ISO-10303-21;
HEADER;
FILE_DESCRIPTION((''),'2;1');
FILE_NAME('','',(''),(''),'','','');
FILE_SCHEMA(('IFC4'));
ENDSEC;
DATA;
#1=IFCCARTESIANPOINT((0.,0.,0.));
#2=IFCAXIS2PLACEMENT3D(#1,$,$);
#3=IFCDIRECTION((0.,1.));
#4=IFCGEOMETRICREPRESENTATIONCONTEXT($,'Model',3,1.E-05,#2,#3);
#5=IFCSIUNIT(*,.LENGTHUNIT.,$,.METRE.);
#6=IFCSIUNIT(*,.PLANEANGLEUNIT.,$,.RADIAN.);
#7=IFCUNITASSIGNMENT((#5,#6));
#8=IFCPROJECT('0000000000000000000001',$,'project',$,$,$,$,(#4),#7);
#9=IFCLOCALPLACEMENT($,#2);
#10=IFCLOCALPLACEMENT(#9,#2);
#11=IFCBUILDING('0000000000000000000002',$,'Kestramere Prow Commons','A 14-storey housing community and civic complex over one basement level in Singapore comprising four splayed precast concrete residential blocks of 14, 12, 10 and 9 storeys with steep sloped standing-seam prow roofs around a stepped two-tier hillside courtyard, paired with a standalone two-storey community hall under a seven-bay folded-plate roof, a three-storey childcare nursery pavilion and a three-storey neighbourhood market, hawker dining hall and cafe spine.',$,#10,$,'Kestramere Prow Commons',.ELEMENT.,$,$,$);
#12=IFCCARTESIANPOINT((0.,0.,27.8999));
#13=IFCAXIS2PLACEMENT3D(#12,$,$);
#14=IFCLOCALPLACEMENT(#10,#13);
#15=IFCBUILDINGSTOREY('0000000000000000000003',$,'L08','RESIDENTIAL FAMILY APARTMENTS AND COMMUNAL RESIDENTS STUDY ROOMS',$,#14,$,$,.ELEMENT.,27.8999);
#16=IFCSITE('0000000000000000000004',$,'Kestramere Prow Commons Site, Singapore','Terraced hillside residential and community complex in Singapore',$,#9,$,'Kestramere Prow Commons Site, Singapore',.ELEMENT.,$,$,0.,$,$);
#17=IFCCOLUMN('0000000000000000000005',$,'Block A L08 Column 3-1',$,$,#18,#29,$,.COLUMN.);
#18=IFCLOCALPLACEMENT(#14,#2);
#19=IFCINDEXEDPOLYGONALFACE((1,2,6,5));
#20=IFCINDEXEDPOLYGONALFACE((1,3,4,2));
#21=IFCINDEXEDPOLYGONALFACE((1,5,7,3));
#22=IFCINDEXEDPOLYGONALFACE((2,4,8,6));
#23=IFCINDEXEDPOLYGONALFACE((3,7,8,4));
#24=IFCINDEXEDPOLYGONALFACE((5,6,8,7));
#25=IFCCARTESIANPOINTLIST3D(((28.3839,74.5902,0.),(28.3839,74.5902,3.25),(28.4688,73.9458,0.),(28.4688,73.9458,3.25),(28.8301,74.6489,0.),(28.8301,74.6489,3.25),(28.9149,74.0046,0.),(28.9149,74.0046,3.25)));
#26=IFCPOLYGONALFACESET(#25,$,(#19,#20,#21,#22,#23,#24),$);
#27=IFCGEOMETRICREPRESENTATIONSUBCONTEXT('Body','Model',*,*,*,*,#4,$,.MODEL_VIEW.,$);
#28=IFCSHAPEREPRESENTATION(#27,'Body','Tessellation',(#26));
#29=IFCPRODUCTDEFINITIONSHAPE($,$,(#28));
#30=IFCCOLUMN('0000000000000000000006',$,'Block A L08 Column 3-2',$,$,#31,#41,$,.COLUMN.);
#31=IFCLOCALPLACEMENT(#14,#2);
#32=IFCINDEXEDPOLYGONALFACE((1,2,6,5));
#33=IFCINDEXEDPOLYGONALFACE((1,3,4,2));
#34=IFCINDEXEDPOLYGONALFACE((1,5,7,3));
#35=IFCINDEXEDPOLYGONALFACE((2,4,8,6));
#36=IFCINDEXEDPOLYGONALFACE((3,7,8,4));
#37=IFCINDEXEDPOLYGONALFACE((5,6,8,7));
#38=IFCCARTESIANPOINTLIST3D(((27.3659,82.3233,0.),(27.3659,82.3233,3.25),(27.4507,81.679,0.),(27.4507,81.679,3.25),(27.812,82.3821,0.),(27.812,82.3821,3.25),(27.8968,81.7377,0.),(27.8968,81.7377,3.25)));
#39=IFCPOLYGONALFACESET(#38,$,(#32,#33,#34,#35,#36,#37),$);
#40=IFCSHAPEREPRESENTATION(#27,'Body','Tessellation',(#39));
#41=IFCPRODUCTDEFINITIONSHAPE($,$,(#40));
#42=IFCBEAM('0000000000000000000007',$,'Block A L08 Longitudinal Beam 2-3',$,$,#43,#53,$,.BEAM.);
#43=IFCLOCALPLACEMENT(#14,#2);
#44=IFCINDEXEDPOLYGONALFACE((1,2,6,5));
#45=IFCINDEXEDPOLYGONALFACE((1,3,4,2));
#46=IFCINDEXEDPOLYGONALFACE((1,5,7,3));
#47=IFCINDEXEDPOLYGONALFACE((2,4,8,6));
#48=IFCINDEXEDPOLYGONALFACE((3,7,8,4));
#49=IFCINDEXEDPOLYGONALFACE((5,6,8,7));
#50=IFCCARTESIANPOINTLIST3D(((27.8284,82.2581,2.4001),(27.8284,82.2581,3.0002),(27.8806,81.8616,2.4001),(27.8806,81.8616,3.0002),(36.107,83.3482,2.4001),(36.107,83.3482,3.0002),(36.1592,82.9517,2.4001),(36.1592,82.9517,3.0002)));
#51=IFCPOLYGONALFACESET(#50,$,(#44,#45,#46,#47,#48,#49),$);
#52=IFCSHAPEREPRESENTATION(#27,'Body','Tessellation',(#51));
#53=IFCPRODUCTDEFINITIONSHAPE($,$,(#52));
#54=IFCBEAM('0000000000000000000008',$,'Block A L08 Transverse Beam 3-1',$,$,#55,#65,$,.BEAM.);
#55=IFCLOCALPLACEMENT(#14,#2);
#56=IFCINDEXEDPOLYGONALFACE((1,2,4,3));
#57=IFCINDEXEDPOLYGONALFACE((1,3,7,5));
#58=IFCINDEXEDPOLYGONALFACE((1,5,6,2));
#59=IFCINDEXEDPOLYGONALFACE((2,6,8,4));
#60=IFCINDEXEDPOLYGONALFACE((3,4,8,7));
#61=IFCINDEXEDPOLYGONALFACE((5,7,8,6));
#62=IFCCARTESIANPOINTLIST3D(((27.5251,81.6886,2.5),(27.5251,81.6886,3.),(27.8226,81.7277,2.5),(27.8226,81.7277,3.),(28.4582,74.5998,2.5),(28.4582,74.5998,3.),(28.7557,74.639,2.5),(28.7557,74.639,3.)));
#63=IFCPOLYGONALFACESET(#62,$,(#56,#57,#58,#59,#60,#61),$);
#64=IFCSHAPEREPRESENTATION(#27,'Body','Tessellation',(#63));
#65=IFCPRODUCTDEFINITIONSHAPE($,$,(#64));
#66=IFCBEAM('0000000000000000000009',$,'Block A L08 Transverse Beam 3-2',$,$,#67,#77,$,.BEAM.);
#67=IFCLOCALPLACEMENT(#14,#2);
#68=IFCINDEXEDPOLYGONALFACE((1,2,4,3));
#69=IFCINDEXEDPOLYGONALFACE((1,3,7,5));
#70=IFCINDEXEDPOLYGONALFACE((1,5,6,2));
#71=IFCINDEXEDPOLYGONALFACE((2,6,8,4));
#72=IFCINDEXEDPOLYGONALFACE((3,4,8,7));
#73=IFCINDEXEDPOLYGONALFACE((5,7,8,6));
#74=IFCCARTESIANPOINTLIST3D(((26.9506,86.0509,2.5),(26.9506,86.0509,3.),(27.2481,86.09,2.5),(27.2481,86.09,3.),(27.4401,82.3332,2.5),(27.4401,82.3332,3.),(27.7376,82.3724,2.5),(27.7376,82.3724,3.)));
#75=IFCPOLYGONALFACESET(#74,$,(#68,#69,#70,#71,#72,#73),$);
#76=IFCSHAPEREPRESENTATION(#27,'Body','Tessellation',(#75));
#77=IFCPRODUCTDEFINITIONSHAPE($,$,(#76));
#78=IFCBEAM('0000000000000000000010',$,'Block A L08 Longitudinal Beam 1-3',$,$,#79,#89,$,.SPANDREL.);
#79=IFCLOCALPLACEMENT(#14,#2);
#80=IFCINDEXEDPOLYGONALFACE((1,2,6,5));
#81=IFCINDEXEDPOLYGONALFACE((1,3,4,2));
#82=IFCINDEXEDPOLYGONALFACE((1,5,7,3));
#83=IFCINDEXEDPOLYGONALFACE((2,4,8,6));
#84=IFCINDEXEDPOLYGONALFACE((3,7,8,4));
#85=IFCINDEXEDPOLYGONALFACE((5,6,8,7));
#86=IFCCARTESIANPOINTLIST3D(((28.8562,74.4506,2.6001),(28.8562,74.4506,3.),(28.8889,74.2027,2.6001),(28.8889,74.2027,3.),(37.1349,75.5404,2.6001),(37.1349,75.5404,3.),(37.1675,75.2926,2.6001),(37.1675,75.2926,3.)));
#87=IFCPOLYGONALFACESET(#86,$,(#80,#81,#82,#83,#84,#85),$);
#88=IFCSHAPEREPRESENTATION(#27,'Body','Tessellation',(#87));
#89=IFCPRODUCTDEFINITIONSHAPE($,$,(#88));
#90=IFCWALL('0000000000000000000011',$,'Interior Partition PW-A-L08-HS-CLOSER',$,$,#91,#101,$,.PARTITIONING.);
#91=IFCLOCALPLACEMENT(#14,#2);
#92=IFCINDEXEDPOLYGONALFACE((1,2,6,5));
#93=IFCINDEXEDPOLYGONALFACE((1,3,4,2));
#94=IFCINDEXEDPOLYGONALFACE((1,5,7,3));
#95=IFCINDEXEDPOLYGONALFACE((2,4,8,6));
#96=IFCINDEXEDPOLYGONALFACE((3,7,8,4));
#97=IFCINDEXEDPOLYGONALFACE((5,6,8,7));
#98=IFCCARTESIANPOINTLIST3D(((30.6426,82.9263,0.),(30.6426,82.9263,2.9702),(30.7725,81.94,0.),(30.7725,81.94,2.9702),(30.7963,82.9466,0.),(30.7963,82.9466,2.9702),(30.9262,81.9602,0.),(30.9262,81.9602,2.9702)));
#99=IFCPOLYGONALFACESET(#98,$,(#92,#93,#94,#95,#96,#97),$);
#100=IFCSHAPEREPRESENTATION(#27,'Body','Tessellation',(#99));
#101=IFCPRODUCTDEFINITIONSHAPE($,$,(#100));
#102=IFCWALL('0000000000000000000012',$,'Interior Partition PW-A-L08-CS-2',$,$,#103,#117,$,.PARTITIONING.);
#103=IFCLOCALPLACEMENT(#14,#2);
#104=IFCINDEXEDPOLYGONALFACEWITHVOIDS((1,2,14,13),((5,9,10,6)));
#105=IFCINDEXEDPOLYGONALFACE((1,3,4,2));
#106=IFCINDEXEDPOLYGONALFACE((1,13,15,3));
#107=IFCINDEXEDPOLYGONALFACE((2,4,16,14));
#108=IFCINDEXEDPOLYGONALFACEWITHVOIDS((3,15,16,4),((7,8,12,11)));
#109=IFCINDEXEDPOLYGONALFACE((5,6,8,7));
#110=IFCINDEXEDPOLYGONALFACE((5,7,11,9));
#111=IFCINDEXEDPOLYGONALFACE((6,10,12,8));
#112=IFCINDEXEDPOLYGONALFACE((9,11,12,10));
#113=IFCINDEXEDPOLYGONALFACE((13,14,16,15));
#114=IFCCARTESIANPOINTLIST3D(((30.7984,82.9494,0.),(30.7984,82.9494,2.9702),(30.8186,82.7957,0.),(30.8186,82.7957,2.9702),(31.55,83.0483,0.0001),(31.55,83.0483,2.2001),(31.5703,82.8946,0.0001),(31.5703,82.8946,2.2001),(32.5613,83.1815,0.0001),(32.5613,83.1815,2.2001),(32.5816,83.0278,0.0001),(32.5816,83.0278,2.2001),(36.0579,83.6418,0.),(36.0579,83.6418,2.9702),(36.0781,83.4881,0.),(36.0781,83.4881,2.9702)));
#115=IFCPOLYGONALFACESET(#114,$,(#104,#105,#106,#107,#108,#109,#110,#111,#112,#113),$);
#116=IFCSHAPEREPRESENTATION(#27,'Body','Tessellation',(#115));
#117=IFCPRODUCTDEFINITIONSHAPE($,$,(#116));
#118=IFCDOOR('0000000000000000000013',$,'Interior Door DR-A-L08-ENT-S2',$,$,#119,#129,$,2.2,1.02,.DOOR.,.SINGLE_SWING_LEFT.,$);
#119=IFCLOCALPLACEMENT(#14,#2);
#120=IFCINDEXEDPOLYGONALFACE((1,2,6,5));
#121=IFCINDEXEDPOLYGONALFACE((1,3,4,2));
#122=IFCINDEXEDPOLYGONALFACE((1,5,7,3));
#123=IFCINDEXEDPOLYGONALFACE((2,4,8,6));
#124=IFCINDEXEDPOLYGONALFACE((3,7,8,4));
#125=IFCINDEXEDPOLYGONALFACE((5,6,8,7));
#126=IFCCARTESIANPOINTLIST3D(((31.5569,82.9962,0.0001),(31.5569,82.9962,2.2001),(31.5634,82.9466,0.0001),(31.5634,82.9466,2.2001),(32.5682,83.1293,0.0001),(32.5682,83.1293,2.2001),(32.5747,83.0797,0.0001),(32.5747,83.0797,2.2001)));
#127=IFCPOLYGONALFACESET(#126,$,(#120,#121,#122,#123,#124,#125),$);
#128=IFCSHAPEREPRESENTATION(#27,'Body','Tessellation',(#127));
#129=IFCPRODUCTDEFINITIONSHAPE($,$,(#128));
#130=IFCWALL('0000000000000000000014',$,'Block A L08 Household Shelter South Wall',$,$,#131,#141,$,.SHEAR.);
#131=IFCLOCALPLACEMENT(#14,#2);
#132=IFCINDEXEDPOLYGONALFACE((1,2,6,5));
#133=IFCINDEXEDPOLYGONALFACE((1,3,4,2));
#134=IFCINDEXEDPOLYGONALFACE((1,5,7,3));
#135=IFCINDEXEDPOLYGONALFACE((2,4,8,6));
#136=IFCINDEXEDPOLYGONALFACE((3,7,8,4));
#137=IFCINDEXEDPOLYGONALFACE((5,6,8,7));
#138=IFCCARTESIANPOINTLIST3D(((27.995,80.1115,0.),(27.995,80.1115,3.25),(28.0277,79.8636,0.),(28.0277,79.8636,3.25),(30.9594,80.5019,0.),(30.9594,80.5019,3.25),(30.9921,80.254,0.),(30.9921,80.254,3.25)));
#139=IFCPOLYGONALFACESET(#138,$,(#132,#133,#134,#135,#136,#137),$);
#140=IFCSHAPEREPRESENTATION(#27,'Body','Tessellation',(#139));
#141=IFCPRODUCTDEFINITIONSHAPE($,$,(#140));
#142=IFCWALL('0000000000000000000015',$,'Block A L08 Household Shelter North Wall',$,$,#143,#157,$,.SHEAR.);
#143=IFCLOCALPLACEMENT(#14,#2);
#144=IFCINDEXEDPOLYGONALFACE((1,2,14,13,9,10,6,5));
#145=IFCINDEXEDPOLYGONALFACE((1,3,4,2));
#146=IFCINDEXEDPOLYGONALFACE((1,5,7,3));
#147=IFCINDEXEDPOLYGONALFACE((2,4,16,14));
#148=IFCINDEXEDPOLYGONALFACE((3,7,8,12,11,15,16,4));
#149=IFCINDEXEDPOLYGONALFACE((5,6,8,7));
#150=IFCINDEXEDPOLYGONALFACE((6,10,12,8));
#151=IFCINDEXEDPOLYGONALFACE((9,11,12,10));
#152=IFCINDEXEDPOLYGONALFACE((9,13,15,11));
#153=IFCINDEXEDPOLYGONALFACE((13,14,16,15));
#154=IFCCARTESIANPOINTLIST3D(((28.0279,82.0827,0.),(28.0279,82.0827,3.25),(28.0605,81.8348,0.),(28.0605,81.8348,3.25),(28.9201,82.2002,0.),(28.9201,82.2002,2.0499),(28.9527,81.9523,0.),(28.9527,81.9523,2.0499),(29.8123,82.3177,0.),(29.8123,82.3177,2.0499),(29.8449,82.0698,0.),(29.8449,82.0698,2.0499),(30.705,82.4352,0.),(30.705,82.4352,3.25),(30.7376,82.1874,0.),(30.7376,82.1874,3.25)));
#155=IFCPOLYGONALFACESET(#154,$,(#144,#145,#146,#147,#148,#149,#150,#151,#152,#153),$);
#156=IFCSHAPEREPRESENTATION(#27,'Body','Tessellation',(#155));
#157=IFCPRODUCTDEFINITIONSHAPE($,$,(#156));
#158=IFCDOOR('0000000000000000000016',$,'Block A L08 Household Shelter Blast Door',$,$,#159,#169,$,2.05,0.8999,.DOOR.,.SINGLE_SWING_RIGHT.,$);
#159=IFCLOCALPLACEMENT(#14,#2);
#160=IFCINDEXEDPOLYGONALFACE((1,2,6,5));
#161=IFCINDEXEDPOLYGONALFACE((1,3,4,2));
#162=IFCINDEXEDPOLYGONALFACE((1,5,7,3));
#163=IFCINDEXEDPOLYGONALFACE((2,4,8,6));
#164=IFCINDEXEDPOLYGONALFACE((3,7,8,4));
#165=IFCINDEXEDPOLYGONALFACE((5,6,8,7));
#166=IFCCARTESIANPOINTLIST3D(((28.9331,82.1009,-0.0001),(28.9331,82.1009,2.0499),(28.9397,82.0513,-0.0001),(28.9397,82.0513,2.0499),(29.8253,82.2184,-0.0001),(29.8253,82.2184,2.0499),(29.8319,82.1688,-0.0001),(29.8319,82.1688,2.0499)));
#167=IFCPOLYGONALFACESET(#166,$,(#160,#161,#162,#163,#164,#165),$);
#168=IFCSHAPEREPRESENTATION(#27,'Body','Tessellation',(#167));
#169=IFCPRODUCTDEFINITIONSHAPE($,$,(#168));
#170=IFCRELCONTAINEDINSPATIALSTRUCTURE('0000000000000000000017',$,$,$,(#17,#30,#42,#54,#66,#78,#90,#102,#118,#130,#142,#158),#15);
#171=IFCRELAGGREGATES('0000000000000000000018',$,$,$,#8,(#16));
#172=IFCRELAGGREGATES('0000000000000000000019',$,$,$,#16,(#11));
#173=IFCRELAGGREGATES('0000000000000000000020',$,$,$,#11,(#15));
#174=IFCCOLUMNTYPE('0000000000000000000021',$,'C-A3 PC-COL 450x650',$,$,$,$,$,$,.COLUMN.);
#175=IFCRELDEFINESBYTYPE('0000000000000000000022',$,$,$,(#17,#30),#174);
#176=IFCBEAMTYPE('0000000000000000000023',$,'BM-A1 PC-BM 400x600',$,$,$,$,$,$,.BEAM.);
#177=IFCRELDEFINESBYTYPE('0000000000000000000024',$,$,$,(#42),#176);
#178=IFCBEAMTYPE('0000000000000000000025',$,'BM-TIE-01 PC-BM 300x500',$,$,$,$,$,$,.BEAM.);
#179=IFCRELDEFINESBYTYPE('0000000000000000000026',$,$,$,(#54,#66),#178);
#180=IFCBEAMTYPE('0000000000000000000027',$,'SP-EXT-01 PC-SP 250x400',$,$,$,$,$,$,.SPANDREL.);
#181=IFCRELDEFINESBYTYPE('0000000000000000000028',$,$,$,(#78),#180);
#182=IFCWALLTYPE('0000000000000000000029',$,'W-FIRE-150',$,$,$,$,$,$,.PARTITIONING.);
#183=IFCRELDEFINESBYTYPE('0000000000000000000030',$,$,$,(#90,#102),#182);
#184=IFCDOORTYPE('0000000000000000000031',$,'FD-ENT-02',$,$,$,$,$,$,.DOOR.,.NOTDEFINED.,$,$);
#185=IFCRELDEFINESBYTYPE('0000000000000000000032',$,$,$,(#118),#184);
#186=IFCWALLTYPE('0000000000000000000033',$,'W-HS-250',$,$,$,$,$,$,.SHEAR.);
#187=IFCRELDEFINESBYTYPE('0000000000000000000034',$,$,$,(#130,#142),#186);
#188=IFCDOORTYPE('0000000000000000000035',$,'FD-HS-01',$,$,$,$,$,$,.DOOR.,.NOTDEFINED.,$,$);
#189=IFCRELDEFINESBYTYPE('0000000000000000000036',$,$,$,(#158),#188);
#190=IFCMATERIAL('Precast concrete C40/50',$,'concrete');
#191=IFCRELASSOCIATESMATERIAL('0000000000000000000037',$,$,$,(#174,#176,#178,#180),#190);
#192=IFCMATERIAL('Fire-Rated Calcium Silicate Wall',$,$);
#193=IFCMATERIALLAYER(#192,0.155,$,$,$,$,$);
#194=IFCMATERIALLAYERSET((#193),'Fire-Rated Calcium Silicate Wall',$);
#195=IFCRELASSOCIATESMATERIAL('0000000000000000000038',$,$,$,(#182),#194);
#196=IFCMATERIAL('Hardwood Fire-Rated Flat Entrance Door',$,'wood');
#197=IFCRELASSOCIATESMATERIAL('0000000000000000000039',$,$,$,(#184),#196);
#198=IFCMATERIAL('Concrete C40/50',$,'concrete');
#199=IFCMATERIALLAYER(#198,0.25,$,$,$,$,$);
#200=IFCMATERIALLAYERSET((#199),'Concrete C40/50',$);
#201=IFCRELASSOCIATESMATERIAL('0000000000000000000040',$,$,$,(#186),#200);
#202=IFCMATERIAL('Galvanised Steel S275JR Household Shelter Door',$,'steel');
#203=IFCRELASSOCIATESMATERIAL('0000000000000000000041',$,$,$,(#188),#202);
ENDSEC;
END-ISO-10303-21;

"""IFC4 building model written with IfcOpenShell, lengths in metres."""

from ifc_helpers import new_model, si_unit, direction, frame, frame_2d, origin, origin_2d, place, context, subcontext, project, spatial, rectangle, extrude, material, layer, layer_set, material_profile, profile_set, type_object, element, fill, save


model = new_model("IFC4")

# Units and contexts
model_context = context("Model", 3, precision=1e-05, world=origin(), true_north=direction((0.0, 1.0)))
body_context = subcontext(model_context, "Body", "Model", "MODEL_VIEW")
ifc_project = project(units=[si_unit("LENGTHUNIT", "METRE"), si_unit("PLANEANGLEUNIT", "RADIAN")], contexts=[model_context])

# Site, building, storey
site_placement = place(None, origin())
site = spatial("IfcSite", under=ifc_project, at=site_placement, Name="Kestramere Prow Commons Site, Singapore", Description="Terraced hillside residential and community complex in Singapore", LongName="Kestramere Prow Commons Site, Singapore", CompositionType="ELEMENT", RefElevation=0.0)
building_placement = place(site_placement, origin())
building = spatial("IfcBuilding", under=site, at=building_placement, Name="Kestramere Prow Commons", Description="A 14-storey housing community and civic complex over one basement level in Singapore comprising four splayed precast concrete residential blocks of 14, 12, 10 and 9 storeys with steep sloped standing-seam prow roofs around a stepped two-tier hillside courtyard, paired with a standalone two-storey community hall under a seven-bay folded-plate roof, a three-storey childcare nursery pavilion and a three-storey neighbourhood market, hawker dining hall and cafe spine.", LongName="Kestramere Prow Commons", CompositionType="ELEMENT")
storey_placement = place(building_placement, frame((0.0, 0.0, 27.8999)))
storey = spatial("IfcBuildingStorey", under=building, at=storey_placement, Name="L08", Description="RESIDENTIAL FAMILY APARTMENTS AND COMMUNAL RESIDENTS STUDY ROOMS", CompositionType="ELEMENT", Elevation=27.8999)

# Columns
ifc_material_1 = material(Name="Precast concrete C40/50", Category="concrete")
ifc_material_profile_1 = material_profile(ifc_material_1, rectangle(XDim=0.45, YDim=0.6499, at=origin_2d()), Name="PC-COL 450x650")
ifc_profile_set_1 = profile_set([ifc_material_profile_1], Name="Precast concrete C40/50")
column_type = type_object("IfcColumnType", Name="C-A3 PC-COL 450x650", PredefinedType="COLUMN", material=ifc_profile_set_1)
for number, where, z_axis, x_axis, name in (
    (1, (28.6494, 74.2974, 0.0), (0.0, 0.0, 1.0), (0.991445, 0.130526, 0.0), "Block A L08 Column 3-1"),
    (2, (27.6313, 82.0305, 0.0), (0.0, 0.0, 1.0), (0.991445, 0.130526, 0.0), "Block A L08 Column 3-2"),
):
    element("IfcColumn", number, at=place(storey_placement, frame(where, z_axis=z_axis, x_axis=x_axis)), inside=storey, type_object=column_type, Name=name, PredefinedType="COLUMN", context=body_context, shape_type="SweptSolid", body=[
        extrude(rectangle(XDim=0.45, YDim=0.6499, at=origin_2d()), origin(), (0.0, 0.0, 1.0), 3.25),
    ])

# Beams
ifc_material_profile_2 = material_profile(ifc_material_1, rectangle(XDim=0.3999, YDim=0.6001, at=origin_2d()), Name="PC-BM 400x600")
ifc_profile_set_2 = profile_set([ifc_material_profile_2], Name="Precast concrete C40/50")
beam_type_1 = type_object("IfcBeamType", Name="BM-A1 PC-BM 400x600", PredefinedType="BEAM", material=ifc_profile_set_2)
beam_1_placement = place(storey_placement, frame((27.8545, 82.0598, 2.7002), z_axis=(0.991442, 0.130549, 0.0), x_axis=(-0.130549, 0.991442, 0.0)))
element("IfcBeam", 3, at=beam_1_placement, inside=storey, type_object=beam_type_1, Name="Block A L08 Longitudinal Beam 2-3", PredefinedType="BEAM", context=body_context, shape_type="SweptSolid", body=[
    extrude(rectangle(XDim=0.3999, YDim=0.6001, at=origin_2d()), origin(), (0.0, 0.0, 1.0), 8.3501),
])
ifc_material_profile_3 = material_profile(ifc_material_1, rectangle(XDim=0.3, YDim=0.5, at=origin_2d()), Name="PC-BM 300x500")
ifc_profile_set_3 = profile_set([ifc_material_profile_3], Name="Precast concrete C40/50")
beam_type_2 = type_object("IfcBeamType", Name="BM-TIE-01 PC-BM 300x500", PredefinedType="BEAM", material=ifc_profile_set_3)
beam_2_placement = place(storey_placement, frame((28.6069, 74.6194, 2.75), z_axis=(-0.130504, 0.991448, 0.0), x_axis=(-0.991448, -0.130504, 0.0)))
element("IfcBeam", 4, at=beam_2_placement, inside=storey, type_object=beam_type_2, Name="Block A L08 Transverse Beam 3-1", PredefinedType="BEAM", context=body_context, shape_type="SweptSolid", body=[
    extrude(rectangle(XDim=0.3, YDim=0.5, at=origin_2d()), origin(), (0.0, 0.0, 1.0), 7.1499),
])
beam_3_placement = place(storey_placement, frame((27.5889, 82.3528, 2.75), z_axis=(-0.130539, 0.991443, 0.0), x_axis=(-0.991443, -0.130539, 0.0)))
element("IfcBeam", 5, at=beam_3_placement, inside=storey, type_object=beam_type_2, Name="Block A L08 Transverse Beam 3-2", PredefinedType="BEAM", context=body_context, shape_type="SweptSolid", body=[
    extrude(rectangle(XDim=0.3, YDim=0.5, at=origin_2d()), origin(), (0.0, 0.0, 1.0), 3.7498),
])
ifc_material_profile_4 = material_profile(ifc_material_1, rectangle(XDim=0.25, YDim=0.3999, at=origin_2d()), Name="PC-SP 250x400")
ifc_profile_set_4 = profile_set([ifc_material_profile_4], Name="Precast concrete C40/50")
beam_type_3 = type_object("IfcBeamType", Name="SP-EXT-01 PC-SP 250x400", PredefinedType="SPANDREL", material=ifc_profile_set_4)
beam_4_placement = place(storey_placement, frame((28.8726, 74.3267, 2.8), z_axis=(0.991446, 0.13052, 0.0), x_axis=(-0.13052, 0.991446, 0.0)))
element("IfcBeam", 6, at=beam_4_placement, inside=storey, type_object=beam_type_3, Name="Block A L08 Longitudinal Beam 1-3", PredefinedType="SPANDREL", context=body_context, shape_type="SweptSolid", body=[
    extrude(rectangle(XDim=0.25, YDim=0.3999, at=origin_2d()), origin(), (0.0, 0.0, 1.0), 8.3501),
])

# Wall
ifc_material_2 = material(Name="Fire-Rated Calcium Silicate Wall")
ifc_layer_1 = layer(ifc_material_2, 0.155)
ifc_layer_set_1 = layer_set([ifc_layer_1], Name="Fire-Rated Calcium Silicate Wall")
wall_type_1 = type_object("IfcWallType", Name="W-FIRE-150", PredefinedType="PARTITIONING", material=ifc_layer_set_1)
wall_1_placement = place(storey_placement, frame((30.8494, 81.95, 0.0), z_axis=(0.0, 0.0, 1.0), x_axis=(-0.130556, 0.991441, 0.0)))
element("IfcWall", 7, at=wall_1_placement, inside=storey, type_object=wall_type_1, Name="Interior Partition PW-A-L08-HS-CLOSER", PredefinedType="PARTITIONING", context=body_context, shape_type="SweptSolid", body=[
    extrude(rectangle(XDim=0.9949, YDim=0.155, at=frame_2d((0.4976, 0.0))), origin(), (0.0, 0.0, 1.0), 2.9702),
])

# Wall, opening, door
wall_2_placement = place(storey_placement, frame((30.8086, 82.8726, 0.0), z_axis=(0.0, 0.0, 1.0), x_axis=(0.991446, 0.130518, 0.0)))
wall_2 = element("IfcWall", 8, at=wall_2_placement, inside=storey, type_object=wall_type_1, Name="Interior Partition PW-A-L08-CS-2", PredefinedType="PARTITIONING", context=body_context, shape_type="SweptSolid", body=[
    extrude(rectangle(XDim=5.3049, YDim=0.155, at=frame_2d((2.6523, 0.0))), origin(), (0.0, 0.0, 1.0), 2.9702),
])
opening_1_placement = place(wall_2_placement, frame((0.7581, 0.0, 0.0)))
opening_1 = element("IfcOpeningElement", 9, at=opening_1_placement, cuts=wall_2, PredefinedType="OPENING", context=body_context, shape_type="SweptSolid", body=[
    extrude(rectangle(XDim=1.02, YDim=2.2, at=frame_2d((0.51, 1.1001))), frame((0.0, 0.0925, 0.0), z_axis=(0.0, -1.0, 0.0), x_axis=(1.0, 0.0, 0.0)), (0.0, 0.0, 1.0), 0.1851),
])
ifc_material_3 = material(Name="Hardwood Fire-Rated Flat Entrance Door", Category="wood")
door_type_1 = type_object("IfcDoorType", Name="FD-ENT-02", OperationType="NOTDEFINED", PredefinedType="DOOR", material=ifc_material_3)
door_1_placement = place(opening_1_placement, origin())
door_1 = element("IfcDoor", 10, at=door_1_placement, inside=storey, type_object=door_type_1, Name="Interior Door DR-A-L08-ENT-S2", OperationType="SINGLE_SWING_LEFT", OverallHeight=2.2, OverallWidth=1.02, PredefinedType="DOOR", context=body_context, shape_type="SweptSolid", body=[
    extrude(rectangle(XDim=1.02, YDim=2.2, at=frame_2d((0.51, 1.1001))), frame((0.0, 0.0249, 0.0), z_axis=(0.0, -1.0, 0.0), x_axis=(1.0, 0.0, 0.0)), (0.0, 0.0, 1.0), 0.05),
])
fill(opening_1, door_1)

# Wall
ifc_material_4 = material(Name="Concrete C40/50", Category="concrete")
ifc_layer_2 = layer(ifc_material_4, 0.25)
ifc_layer_set_2 = layer_set([ifc_layer_2], Name="Concrete C40/50")
wall_type_2 = type_object("IfcWallType", Name="W-HS-250", PredefinedType="SHEAR", material=ifc_layer_set_2)
wall_3_placement = place(storey_placement, frame((28.0112, 79.9875, 0.0), z_axis=(0.0, 0.0, 1.0), x_axis=(0.99144, 0.130564, 0.0)))
element("IfcWall", 11, at=wall_3_placement, inside=storey, type_object=wall_type_2, Name="Block A L08 Household Shelter South Wall", PredefinedType="SHEAR", context=body_context, shape_type="SweptSolid", body=[
    extrude(rectangle(XDim=2.99, YDim=0.25, at=frame_2d((1.4951, 0.0))), origin(), (0.0, 0.0, 1.0), 3.25),
])

# Wall, opening, door
wall_4_placement = place(storey_placement, frame((28.0442, 81.9587, 0.0), z_axis=(0.0, 0.0, 1.0), x_axis=(0.99144, 0.130564, 0.0)))
wall_4 = element("IfcWall", 12, at=wall_4_placement, inside=storey, type_object=wall_type_2, Name="Block A L08 Household Shelter North Wall", PredefinedType="SHEAR", context=body_context, shape_type="SweptSolid", body=[
    extrude(rectangle(XDim=2.7002, YDim=0.25, at=frame_2d((1.3501, 0.0))), origin(), (0.0, 0.0, 1.0), 3.25),
])
opening_2_placement = place(wall_4_placement, frame((0.8999, 0.0, 0.0)))
opening_2 = element("IfcOpeningElement", 13, at=opening_2_placement, cuts=wall_4, PredefinedType="OPENING", context=body_context, shape_type="SweptSolid", body=[
    extrude(rectangle(XDim=0.8999, YDim=2.05, at=frame_2d((0.45, 1.0249))), frame((0.0, 0.1399, 0.0), z_axis=(0.0, -1.0, 0.0), x_axis=(1.0, 0.0, 0.0)), (0.0, 0.0, 1.0), 0.28),
])
ifc_material_5 = material(Name="Galvanised Steel S275JR Household Shelter Door", Category="steel")
door_type_2 = type_object("IfcDoorType", Name="FD-HS-01", OperationType="NOTDEFINED", PredefinedType="DOOR", material=ifc_material_5)
door_2_placement = place(opening_2_placement, origin())
door_2 = element("IfcDoor", 14, at=door_2_placement, inside=storey, type_object=door_type_2, Name="Block A L08 Household Shelter Blast Door", OperationType="SINGLE_SWING_RIGHT", OverallHeight=2.05, OverallWidth=0.8999, PredefinedType="DOOR", context=body_context, shape_type="SweptSolid", body=[
    extrude(rectangle(XDim=0.8999, YDim=2.05, at=frame_2d((0.45, 1.0249))), frame((0.0, 0.0249, 0.0), z_axis=(0.0, -1.0, 0.0), x_axis=(1.0, 0.0, 0.0)), (0.0, 0.0, 1.0), 0.05),
])
fill(opening_2, door_2)

save(model, "model.ifc")
